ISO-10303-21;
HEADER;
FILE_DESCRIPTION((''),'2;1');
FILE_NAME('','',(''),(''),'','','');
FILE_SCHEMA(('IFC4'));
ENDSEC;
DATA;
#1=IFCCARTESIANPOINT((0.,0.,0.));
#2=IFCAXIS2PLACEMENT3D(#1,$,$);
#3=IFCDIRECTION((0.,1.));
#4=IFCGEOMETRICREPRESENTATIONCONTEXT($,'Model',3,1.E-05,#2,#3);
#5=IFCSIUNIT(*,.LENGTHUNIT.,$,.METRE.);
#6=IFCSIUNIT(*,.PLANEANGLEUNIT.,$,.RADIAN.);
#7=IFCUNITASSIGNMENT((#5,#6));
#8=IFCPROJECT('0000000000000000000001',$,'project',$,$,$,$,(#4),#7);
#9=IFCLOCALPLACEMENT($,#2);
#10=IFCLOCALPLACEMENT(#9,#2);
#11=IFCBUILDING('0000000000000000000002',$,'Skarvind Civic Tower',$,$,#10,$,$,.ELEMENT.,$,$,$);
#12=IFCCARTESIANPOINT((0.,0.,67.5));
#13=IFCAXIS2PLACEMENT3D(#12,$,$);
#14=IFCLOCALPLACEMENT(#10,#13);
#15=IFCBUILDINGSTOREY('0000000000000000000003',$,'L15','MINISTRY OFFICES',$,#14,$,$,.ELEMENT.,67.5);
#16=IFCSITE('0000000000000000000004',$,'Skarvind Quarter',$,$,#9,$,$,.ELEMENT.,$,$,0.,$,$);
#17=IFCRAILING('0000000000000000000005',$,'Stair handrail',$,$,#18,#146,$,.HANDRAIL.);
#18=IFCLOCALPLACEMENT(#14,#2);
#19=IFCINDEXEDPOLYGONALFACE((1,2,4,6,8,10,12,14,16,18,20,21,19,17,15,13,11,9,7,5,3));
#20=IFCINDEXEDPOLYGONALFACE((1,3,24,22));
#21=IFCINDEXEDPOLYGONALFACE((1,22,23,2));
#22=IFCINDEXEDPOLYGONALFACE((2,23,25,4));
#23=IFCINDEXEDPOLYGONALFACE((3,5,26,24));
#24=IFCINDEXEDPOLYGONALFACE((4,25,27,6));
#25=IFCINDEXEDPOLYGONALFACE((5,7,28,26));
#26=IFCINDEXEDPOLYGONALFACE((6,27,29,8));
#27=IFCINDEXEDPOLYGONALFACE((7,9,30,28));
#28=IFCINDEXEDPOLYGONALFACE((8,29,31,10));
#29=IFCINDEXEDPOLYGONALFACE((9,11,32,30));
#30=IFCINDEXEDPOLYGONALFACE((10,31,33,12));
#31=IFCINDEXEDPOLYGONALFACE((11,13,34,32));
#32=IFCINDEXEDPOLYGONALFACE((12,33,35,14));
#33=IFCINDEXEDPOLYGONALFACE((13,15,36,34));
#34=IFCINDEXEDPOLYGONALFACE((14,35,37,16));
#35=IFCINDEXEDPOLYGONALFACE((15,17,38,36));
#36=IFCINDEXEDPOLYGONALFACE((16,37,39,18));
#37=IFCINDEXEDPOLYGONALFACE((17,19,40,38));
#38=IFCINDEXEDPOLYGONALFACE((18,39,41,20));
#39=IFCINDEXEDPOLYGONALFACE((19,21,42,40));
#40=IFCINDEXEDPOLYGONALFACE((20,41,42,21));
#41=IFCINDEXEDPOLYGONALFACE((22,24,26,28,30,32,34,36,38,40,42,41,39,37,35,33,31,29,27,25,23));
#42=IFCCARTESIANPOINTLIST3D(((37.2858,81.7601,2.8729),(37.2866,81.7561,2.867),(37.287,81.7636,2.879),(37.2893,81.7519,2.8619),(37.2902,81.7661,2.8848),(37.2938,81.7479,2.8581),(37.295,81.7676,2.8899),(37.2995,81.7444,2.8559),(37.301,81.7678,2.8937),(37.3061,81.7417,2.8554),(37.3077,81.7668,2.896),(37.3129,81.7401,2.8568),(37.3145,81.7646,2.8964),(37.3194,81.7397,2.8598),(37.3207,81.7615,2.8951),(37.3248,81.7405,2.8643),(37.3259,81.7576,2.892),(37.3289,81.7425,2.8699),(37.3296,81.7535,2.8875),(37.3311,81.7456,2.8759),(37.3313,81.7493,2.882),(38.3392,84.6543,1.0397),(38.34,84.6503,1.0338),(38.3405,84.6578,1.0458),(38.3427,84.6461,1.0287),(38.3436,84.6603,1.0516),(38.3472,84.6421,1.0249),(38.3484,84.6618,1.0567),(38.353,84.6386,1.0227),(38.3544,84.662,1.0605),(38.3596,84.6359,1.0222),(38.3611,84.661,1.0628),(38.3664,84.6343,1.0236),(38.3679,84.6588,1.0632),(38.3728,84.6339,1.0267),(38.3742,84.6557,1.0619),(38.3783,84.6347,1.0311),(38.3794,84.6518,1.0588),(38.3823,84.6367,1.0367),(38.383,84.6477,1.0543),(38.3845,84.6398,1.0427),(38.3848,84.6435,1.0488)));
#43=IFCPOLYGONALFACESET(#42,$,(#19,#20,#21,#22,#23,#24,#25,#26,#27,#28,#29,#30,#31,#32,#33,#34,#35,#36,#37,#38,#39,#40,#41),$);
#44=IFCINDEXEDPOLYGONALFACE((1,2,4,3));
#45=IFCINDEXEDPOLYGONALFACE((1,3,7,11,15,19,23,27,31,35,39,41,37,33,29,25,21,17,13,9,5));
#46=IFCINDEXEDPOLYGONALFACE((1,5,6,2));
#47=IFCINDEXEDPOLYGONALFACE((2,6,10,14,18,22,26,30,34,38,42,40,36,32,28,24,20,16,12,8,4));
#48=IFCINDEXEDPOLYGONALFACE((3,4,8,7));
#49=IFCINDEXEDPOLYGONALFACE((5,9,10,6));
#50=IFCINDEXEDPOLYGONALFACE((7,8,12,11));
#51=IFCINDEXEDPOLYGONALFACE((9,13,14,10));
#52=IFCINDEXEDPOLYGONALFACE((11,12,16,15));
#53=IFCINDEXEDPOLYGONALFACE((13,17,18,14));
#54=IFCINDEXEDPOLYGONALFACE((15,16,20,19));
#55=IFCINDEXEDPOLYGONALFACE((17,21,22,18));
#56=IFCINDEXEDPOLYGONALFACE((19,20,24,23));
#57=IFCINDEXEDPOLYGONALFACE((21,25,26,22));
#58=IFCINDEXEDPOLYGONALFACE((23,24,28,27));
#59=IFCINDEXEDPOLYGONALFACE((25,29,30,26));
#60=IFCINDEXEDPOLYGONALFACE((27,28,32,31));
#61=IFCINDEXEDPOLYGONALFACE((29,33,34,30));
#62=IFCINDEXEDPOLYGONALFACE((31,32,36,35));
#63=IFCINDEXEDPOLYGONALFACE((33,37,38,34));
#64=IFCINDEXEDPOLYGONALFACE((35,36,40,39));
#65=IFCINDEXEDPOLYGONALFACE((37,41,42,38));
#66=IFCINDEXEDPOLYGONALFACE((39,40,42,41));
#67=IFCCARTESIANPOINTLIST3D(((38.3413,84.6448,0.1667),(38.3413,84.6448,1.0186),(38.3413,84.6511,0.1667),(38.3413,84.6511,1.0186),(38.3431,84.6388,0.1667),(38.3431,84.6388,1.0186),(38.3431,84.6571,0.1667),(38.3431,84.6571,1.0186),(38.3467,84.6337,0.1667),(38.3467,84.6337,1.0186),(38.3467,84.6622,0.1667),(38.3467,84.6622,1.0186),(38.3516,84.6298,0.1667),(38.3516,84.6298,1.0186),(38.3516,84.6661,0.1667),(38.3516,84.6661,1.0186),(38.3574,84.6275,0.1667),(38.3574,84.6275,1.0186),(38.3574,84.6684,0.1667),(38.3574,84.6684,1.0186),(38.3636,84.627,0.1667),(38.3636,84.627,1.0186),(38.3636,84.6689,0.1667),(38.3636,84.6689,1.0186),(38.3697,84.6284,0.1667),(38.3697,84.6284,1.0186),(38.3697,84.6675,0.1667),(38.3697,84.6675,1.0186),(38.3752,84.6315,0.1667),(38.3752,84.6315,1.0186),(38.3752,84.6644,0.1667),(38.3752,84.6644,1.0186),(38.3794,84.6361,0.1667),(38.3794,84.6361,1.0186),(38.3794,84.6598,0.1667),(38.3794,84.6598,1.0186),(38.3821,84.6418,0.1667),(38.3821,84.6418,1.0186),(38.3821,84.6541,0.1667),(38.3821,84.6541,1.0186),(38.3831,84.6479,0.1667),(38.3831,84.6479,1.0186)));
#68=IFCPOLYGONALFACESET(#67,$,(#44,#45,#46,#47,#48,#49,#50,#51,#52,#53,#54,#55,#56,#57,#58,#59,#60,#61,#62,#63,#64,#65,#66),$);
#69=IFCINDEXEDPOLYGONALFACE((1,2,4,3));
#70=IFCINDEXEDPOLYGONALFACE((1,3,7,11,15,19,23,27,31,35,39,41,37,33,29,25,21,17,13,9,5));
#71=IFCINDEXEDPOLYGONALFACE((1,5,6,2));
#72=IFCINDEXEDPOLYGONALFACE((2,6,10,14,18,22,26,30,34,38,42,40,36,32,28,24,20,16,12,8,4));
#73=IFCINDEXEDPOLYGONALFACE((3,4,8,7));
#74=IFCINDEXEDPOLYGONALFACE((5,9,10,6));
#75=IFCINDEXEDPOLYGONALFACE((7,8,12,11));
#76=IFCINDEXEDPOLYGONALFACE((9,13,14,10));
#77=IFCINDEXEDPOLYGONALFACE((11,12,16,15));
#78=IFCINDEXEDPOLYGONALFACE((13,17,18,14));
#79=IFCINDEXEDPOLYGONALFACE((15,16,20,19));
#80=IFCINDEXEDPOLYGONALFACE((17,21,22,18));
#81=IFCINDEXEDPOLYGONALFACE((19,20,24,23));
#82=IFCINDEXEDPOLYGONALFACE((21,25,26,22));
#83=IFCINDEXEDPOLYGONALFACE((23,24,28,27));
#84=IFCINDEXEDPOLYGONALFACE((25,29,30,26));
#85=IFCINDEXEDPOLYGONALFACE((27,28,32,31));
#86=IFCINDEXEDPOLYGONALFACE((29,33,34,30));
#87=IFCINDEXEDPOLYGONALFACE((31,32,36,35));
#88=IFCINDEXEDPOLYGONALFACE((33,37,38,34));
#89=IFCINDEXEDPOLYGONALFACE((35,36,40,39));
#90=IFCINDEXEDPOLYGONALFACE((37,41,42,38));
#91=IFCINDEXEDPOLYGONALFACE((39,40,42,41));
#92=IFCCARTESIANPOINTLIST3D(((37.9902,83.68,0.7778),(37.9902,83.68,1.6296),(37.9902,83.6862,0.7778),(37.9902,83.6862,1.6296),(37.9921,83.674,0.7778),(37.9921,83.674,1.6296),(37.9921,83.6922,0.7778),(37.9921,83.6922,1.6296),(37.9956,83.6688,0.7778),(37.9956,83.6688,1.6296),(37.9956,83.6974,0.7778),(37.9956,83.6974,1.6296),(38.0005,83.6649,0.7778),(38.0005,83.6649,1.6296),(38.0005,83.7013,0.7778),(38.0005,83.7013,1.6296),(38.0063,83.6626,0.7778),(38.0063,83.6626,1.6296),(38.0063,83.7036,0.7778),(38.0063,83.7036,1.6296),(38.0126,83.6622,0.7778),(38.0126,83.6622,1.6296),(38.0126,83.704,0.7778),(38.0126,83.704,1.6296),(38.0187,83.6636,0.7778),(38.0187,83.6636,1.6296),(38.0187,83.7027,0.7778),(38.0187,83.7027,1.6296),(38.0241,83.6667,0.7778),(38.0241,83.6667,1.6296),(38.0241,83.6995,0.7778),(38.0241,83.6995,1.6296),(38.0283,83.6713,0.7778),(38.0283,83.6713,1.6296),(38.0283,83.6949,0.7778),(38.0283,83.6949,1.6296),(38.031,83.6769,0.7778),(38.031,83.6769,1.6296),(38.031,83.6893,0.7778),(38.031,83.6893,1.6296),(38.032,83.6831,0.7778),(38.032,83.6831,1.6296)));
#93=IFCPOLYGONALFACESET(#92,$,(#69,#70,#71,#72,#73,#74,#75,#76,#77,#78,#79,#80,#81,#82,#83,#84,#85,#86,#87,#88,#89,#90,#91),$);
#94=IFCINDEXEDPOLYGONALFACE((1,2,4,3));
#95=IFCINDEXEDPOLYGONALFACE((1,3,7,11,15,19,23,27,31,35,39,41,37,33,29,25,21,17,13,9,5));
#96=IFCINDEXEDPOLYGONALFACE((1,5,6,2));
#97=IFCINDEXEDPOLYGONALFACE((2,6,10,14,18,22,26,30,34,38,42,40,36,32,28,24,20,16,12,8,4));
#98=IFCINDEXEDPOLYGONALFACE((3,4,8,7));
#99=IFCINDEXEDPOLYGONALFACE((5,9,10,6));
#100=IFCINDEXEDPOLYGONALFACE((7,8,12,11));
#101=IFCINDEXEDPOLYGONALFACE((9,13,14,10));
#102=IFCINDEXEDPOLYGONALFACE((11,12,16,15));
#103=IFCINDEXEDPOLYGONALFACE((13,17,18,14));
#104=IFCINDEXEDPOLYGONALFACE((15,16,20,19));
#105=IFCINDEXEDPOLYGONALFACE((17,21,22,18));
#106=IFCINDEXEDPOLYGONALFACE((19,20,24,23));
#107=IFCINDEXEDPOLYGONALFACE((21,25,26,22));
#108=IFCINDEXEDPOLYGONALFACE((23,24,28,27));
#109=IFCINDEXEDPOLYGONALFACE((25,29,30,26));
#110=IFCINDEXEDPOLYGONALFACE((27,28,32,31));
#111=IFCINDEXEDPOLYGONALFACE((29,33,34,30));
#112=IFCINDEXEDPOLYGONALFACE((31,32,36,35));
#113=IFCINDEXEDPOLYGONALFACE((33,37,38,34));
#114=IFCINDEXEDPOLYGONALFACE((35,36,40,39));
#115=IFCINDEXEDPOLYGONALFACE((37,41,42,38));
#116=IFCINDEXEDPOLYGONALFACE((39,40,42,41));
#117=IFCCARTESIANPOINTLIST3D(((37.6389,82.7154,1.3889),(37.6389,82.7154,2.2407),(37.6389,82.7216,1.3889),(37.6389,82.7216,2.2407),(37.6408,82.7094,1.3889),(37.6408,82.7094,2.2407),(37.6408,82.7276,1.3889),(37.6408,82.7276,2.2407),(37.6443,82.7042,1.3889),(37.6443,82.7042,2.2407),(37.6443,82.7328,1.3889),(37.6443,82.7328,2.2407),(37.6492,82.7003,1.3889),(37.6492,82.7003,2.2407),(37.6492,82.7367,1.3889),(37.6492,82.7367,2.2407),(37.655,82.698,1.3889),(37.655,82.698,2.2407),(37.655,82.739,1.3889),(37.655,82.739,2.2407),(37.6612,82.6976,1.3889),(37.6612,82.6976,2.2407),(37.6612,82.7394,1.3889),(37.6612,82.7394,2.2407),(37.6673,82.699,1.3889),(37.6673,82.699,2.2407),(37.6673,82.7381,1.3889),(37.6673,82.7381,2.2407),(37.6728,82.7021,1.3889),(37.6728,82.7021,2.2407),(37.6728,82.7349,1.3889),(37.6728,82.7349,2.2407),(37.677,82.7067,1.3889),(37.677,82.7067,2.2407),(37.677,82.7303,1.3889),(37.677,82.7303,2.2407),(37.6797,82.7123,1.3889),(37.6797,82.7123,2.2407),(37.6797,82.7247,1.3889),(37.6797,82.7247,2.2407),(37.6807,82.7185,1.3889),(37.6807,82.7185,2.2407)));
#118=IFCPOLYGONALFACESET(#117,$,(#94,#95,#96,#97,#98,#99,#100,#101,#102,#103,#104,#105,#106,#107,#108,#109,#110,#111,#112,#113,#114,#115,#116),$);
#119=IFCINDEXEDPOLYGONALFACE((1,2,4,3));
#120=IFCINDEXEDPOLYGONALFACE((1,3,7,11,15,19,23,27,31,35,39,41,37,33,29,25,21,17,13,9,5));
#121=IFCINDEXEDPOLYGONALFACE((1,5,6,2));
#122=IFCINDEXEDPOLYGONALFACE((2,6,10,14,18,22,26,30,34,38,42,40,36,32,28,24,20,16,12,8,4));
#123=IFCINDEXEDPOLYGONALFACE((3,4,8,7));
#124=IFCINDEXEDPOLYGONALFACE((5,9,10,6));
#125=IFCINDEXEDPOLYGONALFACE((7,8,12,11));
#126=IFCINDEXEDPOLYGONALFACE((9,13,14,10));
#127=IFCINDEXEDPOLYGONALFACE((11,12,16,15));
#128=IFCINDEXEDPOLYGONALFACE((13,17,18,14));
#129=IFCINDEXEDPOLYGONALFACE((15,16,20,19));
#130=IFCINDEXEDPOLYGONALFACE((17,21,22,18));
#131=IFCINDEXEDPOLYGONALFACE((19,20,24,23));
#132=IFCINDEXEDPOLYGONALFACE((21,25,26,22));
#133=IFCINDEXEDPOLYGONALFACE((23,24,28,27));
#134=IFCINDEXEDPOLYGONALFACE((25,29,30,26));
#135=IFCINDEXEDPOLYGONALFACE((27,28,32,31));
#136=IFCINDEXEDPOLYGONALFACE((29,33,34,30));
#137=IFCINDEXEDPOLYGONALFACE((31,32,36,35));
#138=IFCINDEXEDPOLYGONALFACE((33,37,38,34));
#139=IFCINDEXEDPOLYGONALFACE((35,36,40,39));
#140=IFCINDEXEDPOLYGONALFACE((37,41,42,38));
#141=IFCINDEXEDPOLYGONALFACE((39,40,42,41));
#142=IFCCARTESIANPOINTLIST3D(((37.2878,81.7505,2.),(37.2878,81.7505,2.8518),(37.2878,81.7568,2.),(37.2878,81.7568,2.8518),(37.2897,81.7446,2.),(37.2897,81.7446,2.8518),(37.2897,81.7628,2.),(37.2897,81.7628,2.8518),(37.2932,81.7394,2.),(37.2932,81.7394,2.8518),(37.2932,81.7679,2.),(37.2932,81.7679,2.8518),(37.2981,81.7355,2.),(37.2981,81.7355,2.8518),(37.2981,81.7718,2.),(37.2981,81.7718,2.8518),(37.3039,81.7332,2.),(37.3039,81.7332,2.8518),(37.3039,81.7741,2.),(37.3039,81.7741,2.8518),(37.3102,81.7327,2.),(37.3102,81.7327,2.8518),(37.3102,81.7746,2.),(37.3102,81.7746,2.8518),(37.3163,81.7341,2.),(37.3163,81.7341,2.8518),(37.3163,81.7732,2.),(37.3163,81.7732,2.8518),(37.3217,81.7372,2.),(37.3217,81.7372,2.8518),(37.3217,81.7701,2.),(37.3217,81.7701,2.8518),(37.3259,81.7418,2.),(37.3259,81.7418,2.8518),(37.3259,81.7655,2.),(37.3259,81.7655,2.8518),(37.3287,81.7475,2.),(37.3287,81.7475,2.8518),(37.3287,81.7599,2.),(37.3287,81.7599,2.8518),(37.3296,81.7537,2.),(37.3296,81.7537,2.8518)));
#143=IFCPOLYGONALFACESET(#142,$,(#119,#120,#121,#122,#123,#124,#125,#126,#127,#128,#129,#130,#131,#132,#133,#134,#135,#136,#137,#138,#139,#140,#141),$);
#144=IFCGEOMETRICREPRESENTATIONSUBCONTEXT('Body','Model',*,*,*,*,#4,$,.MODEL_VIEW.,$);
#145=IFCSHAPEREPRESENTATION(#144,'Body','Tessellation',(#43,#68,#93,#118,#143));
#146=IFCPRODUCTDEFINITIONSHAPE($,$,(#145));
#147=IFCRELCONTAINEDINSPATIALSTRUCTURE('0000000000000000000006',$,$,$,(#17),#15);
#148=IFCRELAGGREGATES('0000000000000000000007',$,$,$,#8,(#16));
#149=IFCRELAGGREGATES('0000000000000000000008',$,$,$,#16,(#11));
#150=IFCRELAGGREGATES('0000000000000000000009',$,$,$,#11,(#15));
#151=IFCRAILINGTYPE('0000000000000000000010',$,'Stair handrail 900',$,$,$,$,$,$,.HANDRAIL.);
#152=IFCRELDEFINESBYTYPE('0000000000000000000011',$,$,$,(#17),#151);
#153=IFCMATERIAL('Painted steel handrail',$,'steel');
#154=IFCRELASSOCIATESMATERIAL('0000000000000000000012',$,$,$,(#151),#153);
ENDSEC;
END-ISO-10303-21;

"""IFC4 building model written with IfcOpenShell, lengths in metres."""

from ifc_helpers import new_model, si_unit, direction, frame, origin, origin_2d, place, context, subcontext, project, spatial, circle, extrude, material, type_object, element, save


model = new_model("IFC4")

# Units and contexts
model_context = context("Model", 3, precision=1e-05, world=origin(), true_north=direction((0.0, 1.0)))
body_context = subcontext(model_context, "Body", "Model", "MODEL_VIEW")
ifc_project = project(units=[si_unit("LENGTHUNIT", "METRE"), si_unit("PLANEANGLEUNIT", "RADIAN")], contexts=[model_context])

# Site, building, storey
site_placement = place(None, origin())
site = spatial("IfcSite", under=ifc_project, at=site_placement, Name="Skarvind Quarter", CompositionType="ELEMENT", RefElevation=0.0)
building_placement = place(site_placement, origin())
building = spatial("IfcBuilding", under=site, at=building_placement, Name="Skarvind Civic Tower", CompositionType="ELEMENT")
storey_placement = place(building_placement, frame((0.0, 0.0, 67.5)))
storey = spatial("IfcBuildingStorey", under=building, at=storey_placement, Name="L15", Description="MINISTRY OFFICES", CompositionType="ELEMENT", Elevation=67.5)

# Railing
ifc_material_1 = material(Name="Painted steel handrail", Category="steel")
railing_type = type_object("IfcRailingType", Name="Stair handrail 900", PredefinedType="HANDRAIL", material=ifc_material_1)
railing_1_placement = place(storey_placement, frame((38.3621, 84.6479, 0.1667)))
element("IfcRailing", 1, at=railing_1_placement, inside=storey, type_object=railing_type, Name="Stair handrail", PredefinedType="HANDRAIL", context=body_context, shape_type="SweptSolid", body=[
    extrude(circle(Radius=0.0239, at=origin_2d()), frame((0.0, 0.0, 0.876), z_axis=(-0.293908, -0.807481, 0.511461), x_axis=(0.939689, -0.342029, 0.0)), (0.0, 0.0, 1.0), 3.5842),
    extrude(circle(Radius=0.021, at=origin_2d()), origin(), (0.0, 0.0, 1.0), 0.8518),
    extrude(circle(Radius=0.021, at=origin_2d()), frame((-0.3511, -0.9648, 0.6111)), (0.0, 0.0, 1.0), 0.8518),
    extrude(circle(Radius=0.021, at=origin_2d()), frame((-0.7024, -1.9294, 1.2222)), (0.0, 0.0, 1.0), 0.8518),
    extrude(circle(Radius=0.021, at=origin_2d()), frame((-1.0535, -2.8943, 1.8333)), (0.0, 0.0, 1.0), 0.8518),
])

save(model, "model.ifc")
